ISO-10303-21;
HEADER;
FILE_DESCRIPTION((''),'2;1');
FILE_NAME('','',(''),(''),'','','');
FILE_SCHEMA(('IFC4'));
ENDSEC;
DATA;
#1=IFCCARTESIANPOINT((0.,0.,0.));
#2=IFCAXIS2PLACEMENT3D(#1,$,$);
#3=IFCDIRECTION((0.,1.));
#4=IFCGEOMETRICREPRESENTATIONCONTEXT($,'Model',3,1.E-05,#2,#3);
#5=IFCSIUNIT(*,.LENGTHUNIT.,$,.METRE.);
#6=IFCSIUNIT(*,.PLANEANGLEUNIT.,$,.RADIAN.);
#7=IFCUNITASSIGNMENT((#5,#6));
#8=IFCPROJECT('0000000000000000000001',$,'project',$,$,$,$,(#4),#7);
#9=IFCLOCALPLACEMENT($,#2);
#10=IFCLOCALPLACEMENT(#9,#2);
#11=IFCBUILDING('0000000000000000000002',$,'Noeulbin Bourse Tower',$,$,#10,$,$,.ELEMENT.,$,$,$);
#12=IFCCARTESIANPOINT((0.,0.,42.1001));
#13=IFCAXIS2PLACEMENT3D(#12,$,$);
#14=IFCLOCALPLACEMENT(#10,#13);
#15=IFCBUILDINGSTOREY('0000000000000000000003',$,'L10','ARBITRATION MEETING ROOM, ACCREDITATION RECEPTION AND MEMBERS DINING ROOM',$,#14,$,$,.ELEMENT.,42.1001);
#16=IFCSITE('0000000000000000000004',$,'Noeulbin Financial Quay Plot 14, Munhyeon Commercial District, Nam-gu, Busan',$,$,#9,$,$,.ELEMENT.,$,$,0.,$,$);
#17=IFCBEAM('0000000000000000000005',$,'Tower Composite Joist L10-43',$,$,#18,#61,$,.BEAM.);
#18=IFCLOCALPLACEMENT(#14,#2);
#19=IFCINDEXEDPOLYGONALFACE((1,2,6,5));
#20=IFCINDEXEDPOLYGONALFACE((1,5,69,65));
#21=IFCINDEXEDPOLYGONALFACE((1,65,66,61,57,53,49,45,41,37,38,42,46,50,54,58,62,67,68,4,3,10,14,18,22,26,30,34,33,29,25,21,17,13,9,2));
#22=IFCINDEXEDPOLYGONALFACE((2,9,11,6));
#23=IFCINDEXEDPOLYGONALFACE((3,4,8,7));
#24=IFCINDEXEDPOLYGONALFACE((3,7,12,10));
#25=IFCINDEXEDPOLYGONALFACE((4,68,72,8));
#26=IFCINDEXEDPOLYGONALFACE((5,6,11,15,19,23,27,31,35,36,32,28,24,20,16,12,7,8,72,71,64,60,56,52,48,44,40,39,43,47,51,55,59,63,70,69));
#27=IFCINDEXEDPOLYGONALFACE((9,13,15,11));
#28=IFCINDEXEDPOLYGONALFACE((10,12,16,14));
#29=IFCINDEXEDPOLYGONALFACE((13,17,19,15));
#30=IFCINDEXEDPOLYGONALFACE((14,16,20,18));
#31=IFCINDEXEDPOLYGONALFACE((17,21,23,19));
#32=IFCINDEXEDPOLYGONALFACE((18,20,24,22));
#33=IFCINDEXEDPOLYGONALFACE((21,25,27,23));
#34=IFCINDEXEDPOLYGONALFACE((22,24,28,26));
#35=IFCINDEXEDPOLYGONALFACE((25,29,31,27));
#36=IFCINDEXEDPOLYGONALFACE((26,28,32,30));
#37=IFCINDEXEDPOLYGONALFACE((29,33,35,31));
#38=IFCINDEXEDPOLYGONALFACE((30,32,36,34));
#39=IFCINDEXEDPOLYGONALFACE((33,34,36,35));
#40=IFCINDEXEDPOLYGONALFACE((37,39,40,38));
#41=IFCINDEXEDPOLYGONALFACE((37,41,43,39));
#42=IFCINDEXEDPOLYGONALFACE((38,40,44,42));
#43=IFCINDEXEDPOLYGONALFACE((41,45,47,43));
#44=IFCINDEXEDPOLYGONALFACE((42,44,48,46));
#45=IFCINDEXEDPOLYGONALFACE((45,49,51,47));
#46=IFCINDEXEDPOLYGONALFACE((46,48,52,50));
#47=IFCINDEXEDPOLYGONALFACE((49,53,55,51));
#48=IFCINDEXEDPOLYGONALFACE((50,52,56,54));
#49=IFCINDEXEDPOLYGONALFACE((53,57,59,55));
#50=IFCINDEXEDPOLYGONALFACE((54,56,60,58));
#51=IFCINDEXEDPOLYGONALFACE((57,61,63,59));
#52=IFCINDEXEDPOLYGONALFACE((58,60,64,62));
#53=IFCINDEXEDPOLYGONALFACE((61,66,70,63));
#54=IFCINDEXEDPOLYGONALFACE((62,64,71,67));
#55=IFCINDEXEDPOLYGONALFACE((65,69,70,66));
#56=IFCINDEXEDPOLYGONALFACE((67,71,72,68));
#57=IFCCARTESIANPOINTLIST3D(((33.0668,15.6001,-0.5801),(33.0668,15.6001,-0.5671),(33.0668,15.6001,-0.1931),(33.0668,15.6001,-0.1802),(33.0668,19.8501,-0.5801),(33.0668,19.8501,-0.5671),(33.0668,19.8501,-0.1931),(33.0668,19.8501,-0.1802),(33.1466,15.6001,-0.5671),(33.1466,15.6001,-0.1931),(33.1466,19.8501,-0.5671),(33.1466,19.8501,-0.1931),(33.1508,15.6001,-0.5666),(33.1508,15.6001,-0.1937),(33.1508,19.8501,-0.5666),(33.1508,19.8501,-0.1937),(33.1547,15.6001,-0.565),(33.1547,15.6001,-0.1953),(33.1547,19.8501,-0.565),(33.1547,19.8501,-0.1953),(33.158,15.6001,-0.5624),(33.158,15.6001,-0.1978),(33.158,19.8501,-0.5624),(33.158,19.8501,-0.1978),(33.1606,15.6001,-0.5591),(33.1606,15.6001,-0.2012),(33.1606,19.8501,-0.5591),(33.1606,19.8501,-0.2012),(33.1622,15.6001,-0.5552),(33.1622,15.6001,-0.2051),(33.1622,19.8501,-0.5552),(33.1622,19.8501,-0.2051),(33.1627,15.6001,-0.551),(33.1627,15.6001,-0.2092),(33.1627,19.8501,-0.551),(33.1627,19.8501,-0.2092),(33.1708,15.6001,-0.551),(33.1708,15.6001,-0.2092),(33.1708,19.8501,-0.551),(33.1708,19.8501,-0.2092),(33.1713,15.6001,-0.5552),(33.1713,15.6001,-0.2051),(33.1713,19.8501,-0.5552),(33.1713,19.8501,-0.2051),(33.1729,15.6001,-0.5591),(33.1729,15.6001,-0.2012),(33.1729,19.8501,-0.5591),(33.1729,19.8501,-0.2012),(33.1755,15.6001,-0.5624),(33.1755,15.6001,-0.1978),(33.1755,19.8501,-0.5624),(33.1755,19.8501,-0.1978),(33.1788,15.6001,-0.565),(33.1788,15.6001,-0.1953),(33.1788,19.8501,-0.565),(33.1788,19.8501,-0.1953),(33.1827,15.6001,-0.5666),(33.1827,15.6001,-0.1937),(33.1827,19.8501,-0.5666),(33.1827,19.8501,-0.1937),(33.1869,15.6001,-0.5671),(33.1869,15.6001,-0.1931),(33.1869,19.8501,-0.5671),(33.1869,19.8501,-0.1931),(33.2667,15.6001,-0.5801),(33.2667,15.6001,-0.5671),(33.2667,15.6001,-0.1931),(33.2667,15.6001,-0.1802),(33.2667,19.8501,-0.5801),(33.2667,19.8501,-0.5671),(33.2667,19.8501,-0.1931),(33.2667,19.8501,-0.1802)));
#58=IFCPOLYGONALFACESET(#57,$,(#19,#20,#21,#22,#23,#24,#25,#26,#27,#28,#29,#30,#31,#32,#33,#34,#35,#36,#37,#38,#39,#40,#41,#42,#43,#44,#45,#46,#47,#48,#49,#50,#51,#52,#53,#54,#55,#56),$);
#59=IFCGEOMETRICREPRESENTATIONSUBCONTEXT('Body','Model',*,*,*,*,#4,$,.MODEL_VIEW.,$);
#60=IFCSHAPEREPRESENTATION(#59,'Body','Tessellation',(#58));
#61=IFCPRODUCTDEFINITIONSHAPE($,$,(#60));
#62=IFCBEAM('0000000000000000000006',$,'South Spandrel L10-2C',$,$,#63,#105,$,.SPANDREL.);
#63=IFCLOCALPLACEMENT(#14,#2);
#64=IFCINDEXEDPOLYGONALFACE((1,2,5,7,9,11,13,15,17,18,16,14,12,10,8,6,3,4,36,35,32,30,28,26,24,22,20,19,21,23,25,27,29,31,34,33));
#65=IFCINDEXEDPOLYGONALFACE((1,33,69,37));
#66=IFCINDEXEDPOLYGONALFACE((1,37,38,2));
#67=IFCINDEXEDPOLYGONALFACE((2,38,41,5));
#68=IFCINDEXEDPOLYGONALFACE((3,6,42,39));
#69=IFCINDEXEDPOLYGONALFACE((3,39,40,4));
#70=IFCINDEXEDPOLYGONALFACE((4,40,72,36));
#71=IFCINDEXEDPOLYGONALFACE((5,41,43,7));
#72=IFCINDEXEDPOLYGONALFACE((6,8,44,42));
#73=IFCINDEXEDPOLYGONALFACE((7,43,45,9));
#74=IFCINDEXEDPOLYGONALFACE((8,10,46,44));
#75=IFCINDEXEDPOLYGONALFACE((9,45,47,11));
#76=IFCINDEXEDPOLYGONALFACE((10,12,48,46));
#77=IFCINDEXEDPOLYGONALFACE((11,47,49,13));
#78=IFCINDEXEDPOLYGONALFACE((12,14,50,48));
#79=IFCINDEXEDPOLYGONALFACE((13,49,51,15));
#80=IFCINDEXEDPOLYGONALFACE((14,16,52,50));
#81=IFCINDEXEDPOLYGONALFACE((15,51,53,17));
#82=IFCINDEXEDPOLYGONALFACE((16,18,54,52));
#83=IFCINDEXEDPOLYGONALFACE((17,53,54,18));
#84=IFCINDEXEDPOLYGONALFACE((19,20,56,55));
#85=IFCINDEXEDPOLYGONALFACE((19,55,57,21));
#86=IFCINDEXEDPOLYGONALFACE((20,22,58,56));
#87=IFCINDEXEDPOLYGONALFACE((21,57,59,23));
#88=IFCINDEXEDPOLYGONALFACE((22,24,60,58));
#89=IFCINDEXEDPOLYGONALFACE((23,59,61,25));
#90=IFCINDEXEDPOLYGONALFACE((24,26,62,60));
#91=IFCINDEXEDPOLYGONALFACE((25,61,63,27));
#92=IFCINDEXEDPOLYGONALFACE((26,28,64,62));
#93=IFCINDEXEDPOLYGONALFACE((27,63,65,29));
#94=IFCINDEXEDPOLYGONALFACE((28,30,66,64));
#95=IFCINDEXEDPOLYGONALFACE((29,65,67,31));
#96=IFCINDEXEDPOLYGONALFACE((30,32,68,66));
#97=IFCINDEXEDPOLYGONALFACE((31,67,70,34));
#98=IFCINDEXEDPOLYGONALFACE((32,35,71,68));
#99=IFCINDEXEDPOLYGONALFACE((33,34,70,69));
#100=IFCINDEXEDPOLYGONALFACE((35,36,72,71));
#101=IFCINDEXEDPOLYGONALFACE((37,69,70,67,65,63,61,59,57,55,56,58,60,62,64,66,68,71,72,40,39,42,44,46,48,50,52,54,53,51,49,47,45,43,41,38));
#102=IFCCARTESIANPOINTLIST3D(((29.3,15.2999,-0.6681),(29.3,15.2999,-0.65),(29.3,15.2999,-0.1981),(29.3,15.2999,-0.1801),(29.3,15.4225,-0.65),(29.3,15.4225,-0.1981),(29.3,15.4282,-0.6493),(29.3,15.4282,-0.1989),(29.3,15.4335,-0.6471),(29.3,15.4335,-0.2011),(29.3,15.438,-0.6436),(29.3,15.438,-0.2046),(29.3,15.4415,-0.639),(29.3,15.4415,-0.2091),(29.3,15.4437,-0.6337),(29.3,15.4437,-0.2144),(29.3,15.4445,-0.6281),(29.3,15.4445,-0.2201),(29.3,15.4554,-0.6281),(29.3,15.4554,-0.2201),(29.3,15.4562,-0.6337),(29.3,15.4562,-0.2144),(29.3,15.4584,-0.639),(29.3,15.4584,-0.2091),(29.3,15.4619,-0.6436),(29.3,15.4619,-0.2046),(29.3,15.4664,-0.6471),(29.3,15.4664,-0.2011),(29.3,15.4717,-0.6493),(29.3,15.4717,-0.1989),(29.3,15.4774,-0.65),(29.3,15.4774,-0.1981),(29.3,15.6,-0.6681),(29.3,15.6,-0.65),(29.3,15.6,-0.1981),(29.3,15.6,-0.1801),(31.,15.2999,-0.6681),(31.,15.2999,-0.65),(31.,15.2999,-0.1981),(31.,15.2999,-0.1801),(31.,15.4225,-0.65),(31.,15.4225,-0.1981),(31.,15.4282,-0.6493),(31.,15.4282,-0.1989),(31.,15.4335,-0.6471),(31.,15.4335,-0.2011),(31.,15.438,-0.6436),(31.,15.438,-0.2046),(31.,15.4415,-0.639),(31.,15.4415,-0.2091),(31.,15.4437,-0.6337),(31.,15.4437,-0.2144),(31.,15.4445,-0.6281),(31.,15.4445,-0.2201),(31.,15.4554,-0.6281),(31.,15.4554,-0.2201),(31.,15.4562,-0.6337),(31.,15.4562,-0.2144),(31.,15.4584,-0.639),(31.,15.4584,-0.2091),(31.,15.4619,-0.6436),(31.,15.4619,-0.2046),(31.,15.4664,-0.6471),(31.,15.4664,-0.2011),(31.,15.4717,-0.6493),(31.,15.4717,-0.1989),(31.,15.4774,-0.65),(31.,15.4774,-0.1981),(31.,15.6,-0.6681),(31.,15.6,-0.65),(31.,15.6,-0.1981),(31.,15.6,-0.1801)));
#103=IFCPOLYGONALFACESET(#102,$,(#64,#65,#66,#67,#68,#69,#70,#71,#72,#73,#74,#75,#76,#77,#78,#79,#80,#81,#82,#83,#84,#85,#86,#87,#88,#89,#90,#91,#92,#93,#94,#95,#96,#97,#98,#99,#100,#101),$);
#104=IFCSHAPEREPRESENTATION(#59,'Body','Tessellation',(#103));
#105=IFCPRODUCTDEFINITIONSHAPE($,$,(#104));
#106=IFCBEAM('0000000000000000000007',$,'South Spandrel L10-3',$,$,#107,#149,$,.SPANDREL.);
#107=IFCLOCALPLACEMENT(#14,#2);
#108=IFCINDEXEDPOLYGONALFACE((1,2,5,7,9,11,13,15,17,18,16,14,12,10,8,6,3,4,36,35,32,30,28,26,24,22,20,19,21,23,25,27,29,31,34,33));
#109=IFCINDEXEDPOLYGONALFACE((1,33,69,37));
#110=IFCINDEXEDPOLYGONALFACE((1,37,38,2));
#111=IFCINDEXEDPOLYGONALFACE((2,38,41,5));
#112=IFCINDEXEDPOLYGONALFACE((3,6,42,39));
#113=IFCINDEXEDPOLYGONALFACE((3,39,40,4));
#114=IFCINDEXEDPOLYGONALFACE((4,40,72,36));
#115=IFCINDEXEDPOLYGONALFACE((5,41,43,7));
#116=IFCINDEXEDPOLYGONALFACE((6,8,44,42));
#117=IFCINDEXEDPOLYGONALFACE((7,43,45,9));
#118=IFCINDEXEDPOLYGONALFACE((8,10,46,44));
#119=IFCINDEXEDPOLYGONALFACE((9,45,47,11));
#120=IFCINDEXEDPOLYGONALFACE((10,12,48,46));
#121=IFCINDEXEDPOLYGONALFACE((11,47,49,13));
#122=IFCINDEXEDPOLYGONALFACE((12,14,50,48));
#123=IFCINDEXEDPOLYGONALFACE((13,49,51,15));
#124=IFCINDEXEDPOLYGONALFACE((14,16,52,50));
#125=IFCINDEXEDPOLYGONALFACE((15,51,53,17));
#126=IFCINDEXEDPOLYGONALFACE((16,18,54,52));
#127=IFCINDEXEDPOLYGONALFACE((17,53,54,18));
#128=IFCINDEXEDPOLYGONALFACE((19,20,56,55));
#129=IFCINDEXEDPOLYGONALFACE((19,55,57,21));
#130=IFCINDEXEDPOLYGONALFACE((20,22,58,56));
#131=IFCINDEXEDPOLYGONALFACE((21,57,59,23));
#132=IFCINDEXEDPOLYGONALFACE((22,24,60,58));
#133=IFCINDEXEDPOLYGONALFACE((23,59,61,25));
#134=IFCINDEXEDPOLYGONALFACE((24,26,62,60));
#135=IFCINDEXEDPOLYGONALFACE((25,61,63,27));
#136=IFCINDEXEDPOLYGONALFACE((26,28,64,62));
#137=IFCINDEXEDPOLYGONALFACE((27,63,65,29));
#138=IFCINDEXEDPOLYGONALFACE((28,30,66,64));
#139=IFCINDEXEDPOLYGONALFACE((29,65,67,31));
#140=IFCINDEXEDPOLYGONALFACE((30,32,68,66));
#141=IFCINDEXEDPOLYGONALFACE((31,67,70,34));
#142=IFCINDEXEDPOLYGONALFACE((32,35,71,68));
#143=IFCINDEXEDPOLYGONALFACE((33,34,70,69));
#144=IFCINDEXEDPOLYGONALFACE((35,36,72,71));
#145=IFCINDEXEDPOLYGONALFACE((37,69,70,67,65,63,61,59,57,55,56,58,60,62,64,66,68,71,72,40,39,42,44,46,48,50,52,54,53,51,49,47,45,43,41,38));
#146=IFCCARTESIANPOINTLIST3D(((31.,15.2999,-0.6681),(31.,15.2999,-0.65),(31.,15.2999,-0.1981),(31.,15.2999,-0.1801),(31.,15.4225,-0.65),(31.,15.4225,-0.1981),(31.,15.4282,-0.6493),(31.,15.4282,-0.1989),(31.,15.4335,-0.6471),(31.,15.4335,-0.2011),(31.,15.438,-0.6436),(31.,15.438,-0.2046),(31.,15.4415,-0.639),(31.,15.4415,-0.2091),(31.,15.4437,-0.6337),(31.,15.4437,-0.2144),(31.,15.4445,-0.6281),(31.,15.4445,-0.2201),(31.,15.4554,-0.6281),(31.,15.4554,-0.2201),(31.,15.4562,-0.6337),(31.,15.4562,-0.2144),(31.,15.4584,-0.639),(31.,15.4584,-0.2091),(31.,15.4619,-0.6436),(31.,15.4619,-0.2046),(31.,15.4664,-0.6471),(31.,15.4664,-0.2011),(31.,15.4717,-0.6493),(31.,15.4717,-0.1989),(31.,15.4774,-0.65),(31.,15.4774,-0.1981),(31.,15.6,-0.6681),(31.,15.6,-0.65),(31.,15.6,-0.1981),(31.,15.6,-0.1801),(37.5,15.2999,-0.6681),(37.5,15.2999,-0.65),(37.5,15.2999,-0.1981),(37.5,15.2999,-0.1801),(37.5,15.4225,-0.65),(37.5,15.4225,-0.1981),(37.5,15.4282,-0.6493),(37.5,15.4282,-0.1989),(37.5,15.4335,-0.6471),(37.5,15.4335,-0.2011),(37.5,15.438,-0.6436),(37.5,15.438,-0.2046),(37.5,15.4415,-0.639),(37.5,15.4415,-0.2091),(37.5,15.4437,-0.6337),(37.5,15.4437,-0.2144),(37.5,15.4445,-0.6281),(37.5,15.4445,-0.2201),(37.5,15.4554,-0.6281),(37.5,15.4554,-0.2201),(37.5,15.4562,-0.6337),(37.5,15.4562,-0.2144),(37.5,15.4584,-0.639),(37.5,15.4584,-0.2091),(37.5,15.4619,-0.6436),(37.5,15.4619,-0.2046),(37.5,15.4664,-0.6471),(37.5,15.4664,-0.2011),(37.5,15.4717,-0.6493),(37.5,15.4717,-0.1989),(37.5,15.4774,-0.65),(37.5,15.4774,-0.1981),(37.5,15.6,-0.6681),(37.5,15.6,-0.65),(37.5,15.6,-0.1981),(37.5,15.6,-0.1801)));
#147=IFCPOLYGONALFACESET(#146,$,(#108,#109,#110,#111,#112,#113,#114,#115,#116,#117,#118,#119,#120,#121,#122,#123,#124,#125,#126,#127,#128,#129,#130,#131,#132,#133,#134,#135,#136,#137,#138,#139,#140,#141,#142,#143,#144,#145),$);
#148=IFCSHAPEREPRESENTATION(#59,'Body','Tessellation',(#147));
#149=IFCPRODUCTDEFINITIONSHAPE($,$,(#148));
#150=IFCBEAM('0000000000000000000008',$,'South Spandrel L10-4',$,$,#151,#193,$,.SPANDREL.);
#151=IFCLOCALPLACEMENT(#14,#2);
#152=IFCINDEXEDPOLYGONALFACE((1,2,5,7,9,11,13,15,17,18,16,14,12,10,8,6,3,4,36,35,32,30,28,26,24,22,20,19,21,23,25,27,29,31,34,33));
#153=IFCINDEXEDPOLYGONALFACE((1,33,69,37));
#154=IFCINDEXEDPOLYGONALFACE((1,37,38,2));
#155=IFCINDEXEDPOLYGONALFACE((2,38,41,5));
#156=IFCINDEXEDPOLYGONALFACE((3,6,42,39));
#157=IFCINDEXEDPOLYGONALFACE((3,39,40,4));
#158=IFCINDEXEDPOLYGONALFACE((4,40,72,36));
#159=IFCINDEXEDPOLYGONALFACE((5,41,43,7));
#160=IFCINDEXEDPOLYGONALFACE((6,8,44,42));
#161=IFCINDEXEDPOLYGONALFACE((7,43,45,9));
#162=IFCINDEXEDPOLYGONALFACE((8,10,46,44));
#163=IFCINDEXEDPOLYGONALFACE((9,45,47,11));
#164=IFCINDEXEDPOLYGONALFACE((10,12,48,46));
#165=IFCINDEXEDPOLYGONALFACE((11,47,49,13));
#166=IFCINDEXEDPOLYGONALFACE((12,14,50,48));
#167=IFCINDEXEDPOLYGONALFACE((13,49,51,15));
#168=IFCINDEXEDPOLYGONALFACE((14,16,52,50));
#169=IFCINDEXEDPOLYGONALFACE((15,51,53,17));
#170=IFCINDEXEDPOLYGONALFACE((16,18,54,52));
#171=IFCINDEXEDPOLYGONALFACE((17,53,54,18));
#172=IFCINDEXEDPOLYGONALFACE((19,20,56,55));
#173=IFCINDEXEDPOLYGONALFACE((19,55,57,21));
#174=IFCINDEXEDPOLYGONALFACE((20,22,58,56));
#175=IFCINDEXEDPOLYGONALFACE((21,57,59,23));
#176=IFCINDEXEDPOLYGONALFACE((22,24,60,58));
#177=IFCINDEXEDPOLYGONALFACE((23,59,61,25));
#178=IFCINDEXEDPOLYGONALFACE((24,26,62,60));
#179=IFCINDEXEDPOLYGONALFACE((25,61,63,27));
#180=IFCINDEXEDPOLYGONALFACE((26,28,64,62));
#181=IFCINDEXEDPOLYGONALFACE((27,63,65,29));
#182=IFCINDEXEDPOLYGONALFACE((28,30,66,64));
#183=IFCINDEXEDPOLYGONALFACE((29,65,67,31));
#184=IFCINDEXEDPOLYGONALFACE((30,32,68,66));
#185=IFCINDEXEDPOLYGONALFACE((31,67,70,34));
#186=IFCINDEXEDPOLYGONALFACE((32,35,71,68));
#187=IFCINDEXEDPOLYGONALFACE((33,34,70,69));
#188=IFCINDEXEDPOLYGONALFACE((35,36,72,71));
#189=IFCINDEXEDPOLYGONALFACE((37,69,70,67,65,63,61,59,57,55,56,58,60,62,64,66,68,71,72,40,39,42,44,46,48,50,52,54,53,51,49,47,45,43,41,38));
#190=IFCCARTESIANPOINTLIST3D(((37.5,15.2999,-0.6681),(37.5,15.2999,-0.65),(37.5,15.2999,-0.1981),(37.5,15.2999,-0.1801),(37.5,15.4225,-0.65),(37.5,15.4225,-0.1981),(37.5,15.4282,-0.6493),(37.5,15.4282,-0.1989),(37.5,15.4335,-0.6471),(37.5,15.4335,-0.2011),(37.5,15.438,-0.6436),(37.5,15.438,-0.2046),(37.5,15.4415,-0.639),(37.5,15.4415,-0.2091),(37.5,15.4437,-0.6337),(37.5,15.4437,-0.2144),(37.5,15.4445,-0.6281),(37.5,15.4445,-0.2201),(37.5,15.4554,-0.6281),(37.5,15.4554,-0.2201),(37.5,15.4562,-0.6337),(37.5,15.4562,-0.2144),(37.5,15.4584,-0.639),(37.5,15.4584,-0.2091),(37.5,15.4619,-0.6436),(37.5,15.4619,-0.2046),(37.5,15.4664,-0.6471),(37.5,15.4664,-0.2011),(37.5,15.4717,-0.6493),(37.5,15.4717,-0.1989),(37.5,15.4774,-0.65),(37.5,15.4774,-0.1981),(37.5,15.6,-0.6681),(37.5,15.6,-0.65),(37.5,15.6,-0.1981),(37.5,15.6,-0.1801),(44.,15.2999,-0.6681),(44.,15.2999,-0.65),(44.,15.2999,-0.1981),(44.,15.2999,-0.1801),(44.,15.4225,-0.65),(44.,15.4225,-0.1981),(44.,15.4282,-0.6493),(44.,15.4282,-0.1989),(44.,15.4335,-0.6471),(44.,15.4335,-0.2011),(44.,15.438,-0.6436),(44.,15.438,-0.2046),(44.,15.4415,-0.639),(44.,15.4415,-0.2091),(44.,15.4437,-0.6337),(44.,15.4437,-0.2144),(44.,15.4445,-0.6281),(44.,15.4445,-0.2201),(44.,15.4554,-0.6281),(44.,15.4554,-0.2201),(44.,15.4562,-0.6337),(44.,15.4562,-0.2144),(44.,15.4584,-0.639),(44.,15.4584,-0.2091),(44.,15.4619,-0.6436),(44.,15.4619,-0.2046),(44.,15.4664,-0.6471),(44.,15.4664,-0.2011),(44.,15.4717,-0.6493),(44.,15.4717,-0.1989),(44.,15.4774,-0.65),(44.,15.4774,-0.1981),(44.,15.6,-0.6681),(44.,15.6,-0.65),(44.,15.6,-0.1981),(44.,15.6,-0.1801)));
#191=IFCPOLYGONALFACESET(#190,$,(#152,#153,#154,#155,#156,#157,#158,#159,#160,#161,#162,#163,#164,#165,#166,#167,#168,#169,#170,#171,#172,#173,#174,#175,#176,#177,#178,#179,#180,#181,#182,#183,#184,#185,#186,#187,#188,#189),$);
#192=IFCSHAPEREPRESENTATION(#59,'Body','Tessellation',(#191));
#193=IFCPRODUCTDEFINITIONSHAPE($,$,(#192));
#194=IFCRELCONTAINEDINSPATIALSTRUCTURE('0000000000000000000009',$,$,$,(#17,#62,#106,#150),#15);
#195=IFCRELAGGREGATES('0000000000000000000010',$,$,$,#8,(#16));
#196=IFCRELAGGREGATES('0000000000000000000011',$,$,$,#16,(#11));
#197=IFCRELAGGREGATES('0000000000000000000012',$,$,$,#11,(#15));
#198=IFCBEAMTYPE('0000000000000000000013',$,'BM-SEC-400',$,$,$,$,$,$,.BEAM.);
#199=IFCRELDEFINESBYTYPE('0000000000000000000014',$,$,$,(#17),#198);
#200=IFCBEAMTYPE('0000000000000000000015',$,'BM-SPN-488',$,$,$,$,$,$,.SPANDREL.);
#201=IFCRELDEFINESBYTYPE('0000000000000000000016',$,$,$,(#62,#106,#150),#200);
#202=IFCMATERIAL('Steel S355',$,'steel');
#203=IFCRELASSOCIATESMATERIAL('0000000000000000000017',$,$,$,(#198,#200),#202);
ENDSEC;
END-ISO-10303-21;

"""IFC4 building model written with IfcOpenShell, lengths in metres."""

from ifc_helpers import new_model, si_unit, direction, frame, origin, origin_2d, place, context, subcontext, project, spatial, i_section, extrude, material, material_profile, profile_set, type_object, element, save


model = new_model("IFC4")

# Units and contexts
model_context = context("Model", 3, precision=1e-05, world=origin(), true_north=direction((0.0, 1.0)))
body_context = subcontext(model_context, "Body", "Model", "MODEL_VIEW")
ifc_project = project(units=[si_unit("LENGTHUNIT", "METRE"), si_unit("PLANEANGLEUNIT", "RADIAN")], contexts=[model_context])

# Site, building, storey
site_placement = place(None, origin())
site = spatial("IfcSite", under=ifc_project, at=site_placement, Name="Noeulbin Financial Quay Plot 14, Munhyeon Commercial District, Nam-gu, Busan", CompositionType="ELEMENT", RefElevation=0.0)
building_placement = place(site_placement, origin())
building = spatial("IfcBuilding", under=site, at=building_placement, Name="Noeulbin Bourse Tower", CompositionType="ELEMENT")
storey_placement = place(building_placement, frame((0.0, 0.0, 42.1001)))
storey = spatial("IfcBuildingStorey", under=building, at=storey_placement, Name="L10", Description="ARBITRATION MEETING ROOM, ACCREDITATION RECEPTION AND MEMBERS DINING ROOM", CompositionType="ELEMENT", Elevation=42.1001)

# Beams
ifc_material_1 = material(Name="Steel S355", Category="steel")
ifc_material_profile_1 = material_profile(ifc_material_1, i_section(OverallWidth=0.2, OverallDepth=0.3999, WebThickness=0.0081, FlangeThickness=0.0129, FilletRadius=0.0161, at=origin_2d()), Name="H-400x200x8x13", Category="LoadBearing")
ifc_profile_set_1 = profile_set([ifc_material_profile_1], Name="Steel S355")
beam_type_1 = type_object("IfcBeamType", Name="BM-SEC-400", PredefinedType="BEAM", material=ifc_profile_set_1)
for number, where, z_axis, x_axis, name in (
    (1, (33.1667, 15.6001, -0.3801), (0.0, 1.0, 0.0), (-1.0, 0.0, 0.0), "Tower Composite Joist L10-43"),
):
    element("IfcBeam", number, at=place(storey_placement, frame(where, z_axis=z_axis, x_axis=x_axis)), inside=storey, type_object=beam_type_1, Name=name, PredefinedType="BEAM", context=body_context, shape_type="SweptSolid", body=[
        extrude(i_section(OverallWidth=0.2, OverallDepth=0.3999, WebThickness=0.0081, FlangeThickness=0.0129, FilletRadius=0.0161, at=origin_2d()), origin(), (0.0, 0.0, 1.0), 4.25),
    ])
ifc_material_profile_2 = material_profile(ifc_material_1, i_section(OverallWidth=0.3, OverallDepth=0.488, WebThickness=0.011, FlangeThickness=0.0181, FilletRadius=0.022, at=origin_2d()), Name="H-488x300x11x18", Category="LoadBearing")
ifc_profile_set_2 = profile_set([ifc_material_profile_2], Name="Steel S355")
beam_type_2 = type_object("IfcBeamType", Name="BM-SPN-488", PredefinedType="SPANDREL", material=ifc_profile_set_2)
beam_1_placement = place(storey_placement, frame((29.3, 15.45, -0.4241), z_axis=(1.0, 0.0, 0.0), x_axis=(0.0, 1.0, 0.0)))
element("IfcBeam", 2, at=beam_1_placement, inside=storey, type_object=beam_type_2, Name="South Spandrel L10-2C", PredefinedType="SPANDREL", context=body_context, shape_type="SweptSolid", body=[
    extrude(i_section(OverallWidth=0.3, OverallDepth=0.488, WebThickness=0.011, FlangeThickness=0.0181, FilletRadius=0.022, at=origin_2d()), origin(), (0.0, 0.0, 1.0), 1.7),
])
for number, where, z_axis, x_axis, name in (
    (3, (31.0, 15.45, -0.4241), (1.0, 0.0, 0.0), (0.0, 1.0, 0.0), "South Spandrel L10-3"),
    (4, (37.5, 15.45, -0.4241), (1.0, 0.0, 0.0), (0.0, 1.0, 0.0), "South Spandrel L10-4"),
):
    element("IfcBeam", number, at=place(storey_placement, frame(where, z_axis=z_axis, x_axis=x_axis)), inside=storey, type_object=beam_type_2, Name=name, PredefinedType="SPANDREL", context=body_context, shape_type="SweptSolid", body=[
        extrude(i_section(OverallWidth=0.3, OverallDepth=0.488, WebThickness=0.011, FlangeThickness=0.0181, FilletRadius=0.022, at=origin_2d()), origin(), (0.0, 0.0, 1.0), 6.5),
    ])

save(model, "model.ifc")
